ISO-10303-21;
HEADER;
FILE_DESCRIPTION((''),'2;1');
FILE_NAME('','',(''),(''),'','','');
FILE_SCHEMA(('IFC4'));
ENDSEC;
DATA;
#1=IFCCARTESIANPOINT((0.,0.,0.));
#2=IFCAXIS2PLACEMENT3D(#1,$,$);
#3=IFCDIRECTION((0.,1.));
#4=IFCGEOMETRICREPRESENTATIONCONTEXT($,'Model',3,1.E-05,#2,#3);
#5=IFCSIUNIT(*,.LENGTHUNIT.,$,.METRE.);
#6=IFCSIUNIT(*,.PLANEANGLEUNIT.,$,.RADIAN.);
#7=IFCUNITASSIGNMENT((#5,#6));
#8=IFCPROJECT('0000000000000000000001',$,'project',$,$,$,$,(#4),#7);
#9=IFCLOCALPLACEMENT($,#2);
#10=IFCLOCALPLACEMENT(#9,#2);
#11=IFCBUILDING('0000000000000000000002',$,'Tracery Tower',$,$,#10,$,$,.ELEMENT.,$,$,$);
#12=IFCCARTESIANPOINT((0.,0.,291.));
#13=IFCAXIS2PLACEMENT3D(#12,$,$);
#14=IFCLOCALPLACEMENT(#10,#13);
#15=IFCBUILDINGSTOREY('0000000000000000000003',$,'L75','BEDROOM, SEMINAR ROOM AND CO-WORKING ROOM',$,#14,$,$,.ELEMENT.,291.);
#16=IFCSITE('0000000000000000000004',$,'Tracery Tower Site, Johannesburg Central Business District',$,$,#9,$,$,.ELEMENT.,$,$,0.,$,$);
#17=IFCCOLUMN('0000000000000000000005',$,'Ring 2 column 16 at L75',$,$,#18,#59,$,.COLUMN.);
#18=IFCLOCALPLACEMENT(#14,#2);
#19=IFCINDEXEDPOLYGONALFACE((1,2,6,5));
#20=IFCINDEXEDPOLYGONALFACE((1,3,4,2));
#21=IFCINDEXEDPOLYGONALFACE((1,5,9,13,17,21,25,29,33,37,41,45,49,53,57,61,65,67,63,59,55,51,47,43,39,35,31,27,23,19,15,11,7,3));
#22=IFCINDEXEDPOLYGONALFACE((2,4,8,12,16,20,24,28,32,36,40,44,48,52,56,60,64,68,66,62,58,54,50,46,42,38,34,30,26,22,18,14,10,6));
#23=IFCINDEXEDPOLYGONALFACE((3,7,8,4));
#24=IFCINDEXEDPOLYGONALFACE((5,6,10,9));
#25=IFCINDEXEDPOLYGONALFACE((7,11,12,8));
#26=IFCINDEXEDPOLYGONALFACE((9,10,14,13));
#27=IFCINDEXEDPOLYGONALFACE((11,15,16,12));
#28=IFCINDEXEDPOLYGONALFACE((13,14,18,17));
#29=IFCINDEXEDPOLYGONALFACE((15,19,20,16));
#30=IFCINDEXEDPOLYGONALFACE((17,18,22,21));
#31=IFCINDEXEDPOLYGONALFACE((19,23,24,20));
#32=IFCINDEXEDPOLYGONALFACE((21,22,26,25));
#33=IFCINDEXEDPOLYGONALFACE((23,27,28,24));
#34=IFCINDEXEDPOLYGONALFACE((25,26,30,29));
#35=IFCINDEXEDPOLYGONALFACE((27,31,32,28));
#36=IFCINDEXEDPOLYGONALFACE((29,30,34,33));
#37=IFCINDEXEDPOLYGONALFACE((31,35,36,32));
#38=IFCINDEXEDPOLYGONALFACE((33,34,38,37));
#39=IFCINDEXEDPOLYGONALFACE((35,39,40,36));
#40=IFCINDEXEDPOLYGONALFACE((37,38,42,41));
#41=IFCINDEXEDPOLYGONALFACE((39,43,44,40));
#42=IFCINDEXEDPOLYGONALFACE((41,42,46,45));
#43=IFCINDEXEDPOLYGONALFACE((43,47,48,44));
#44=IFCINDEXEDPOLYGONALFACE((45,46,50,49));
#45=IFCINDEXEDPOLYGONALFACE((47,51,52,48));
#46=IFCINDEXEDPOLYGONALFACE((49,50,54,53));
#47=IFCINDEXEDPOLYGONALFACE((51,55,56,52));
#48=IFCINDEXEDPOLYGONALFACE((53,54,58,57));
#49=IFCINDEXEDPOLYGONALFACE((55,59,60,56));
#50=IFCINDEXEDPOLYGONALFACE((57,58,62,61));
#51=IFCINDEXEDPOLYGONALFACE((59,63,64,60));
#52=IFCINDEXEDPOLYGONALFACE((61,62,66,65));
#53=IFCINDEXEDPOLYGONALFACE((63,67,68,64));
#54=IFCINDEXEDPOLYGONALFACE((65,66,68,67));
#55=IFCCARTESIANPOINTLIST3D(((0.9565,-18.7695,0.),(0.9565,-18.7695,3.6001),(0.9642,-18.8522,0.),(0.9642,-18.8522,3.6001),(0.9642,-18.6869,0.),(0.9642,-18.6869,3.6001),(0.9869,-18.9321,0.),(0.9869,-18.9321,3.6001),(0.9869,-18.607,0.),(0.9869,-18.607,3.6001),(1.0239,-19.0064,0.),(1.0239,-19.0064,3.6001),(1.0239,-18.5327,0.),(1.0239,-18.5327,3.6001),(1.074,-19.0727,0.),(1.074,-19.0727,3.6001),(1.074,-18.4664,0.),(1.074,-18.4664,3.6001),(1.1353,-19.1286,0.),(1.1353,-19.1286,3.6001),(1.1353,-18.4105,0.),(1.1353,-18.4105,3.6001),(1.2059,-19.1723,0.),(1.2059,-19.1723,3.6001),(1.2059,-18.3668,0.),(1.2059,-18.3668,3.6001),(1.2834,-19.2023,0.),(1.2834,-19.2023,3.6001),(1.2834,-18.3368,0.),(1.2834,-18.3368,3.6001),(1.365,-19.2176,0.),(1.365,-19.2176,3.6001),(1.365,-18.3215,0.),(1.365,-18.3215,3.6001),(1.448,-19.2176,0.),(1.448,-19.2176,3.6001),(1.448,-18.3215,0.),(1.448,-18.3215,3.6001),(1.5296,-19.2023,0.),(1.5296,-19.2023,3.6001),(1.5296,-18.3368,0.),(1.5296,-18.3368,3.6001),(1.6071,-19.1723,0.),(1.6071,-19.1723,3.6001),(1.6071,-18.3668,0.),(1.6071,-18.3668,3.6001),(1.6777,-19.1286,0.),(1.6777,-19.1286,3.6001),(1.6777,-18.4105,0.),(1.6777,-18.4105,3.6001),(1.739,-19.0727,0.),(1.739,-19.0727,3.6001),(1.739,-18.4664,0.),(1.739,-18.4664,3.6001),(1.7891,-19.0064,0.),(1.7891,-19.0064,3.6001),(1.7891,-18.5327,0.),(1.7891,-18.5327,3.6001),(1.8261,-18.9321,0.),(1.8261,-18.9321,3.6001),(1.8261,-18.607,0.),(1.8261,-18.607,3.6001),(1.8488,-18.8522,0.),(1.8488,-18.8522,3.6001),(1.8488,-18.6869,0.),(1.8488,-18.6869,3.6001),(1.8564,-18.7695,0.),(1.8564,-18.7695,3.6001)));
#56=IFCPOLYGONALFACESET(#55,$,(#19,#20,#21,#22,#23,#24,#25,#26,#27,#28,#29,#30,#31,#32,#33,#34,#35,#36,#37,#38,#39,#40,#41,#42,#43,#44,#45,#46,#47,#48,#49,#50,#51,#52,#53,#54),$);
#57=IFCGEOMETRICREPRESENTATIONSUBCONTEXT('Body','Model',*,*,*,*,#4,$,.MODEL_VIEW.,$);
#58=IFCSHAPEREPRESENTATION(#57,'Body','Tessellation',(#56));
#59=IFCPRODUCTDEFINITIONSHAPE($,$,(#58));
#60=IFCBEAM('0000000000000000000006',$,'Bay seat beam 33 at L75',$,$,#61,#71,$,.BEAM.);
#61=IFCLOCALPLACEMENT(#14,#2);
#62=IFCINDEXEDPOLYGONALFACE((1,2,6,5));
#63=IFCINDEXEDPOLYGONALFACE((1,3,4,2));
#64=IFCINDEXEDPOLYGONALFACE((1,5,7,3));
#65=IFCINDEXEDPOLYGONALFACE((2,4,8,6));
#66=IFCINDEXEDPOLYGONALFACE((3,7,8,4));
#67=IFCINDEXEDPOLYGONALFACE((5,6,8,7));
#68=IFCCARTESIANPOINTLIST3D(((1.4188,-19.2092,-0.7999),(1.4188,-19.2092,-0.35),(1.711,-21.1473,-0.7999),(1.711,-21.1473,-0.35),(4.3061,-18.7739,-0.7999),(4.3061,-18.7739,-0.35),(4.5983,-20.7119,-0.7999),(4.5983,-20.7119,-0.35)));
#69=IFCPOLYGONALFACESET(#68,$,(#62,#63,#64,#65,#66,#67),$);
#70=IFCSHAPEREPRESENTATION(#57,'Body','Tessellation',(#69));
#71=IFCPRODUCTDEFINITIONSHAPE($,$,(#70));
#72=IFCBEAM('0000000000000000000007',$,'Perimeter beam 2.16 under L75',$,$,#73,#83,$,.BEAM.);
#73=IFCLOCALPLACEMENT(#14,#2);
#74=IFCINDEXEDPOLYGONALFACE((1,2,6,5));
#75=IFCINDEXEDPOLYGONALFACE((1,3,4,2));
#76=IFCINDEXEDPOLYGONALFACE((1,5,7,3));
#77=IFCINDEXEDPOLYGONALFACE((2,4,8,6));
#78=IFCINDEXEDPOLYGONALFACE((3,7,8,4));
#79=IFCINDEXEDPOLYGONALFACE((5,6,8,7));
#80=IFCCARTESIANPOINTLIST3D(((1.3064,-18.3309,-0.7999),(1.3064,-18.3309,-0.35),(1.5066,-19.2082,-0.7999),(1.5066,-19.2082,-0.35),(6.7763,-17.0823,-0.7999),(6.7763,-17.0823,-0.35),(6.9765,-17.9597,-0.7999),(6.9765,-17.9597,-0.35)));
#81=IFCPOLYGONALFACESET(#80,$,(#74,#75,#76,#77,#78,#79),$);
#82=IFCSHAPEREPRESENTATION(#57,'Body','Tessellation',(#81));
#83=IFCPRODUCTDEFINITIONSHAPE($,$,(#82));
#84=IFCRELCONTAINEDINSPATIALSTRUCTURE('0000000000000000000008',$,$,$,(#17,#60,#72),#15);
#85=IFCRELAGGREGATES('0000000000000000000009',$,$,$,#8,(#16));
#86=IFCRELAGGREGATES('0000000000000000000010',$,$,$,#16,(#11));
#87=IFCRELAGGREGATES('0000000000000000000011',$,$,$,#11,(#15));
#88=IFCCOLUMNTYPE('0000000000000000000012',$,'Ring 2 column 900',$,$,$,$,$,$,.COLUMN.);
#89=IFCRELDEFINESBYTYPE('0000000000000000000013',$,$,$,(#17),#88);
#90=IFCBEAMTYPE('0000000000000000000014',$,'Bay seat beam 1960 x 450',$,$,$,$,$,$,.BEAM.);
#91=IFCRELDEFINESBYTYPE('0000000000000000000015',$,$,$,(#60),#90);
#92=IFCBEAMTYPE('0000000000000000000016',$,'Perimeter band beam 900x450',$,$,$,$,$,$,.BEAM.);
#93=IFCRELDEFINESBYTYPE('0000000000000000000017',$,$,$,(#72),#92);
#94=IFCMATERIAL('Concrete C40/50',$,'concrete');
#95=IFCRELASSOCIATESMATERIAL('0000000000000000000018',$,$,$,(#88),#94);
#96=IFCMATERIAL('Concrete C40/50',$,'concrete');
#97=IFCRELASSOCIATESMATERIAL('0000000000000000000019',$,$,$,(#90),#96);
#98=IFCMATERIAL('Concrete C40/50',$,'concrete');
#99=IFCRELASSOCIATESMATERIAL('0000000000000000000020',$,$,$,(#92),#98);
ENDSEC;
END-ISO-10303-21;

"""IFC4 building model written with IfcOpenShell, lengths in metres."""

from ifc_helpers import new_model, si_unit, direction, frame, origin, origin_2d, place, context, subcontext, project, spatial, rectangle, circle, extrude, material, material_profile, profile_set, type_object, element, save


model = new_model("IFC4")

# Units and contexts
model_context = context("Model", 3, precision=1e-05, world=origin(), true_north=direction((0.0, 1.0)))
body_context = subcontext(model_context, "Body", "Model", "MODEL_VIEW")
ifc_project = project(units=[si_unit("LENGTHUNIT", "METRE"), si_unit("PLANEANGLEUNIT", "RADIAN")], contexts=[model_context])

# Site, building, storey
site_placement = place(None, origin())
site = spatial("IfcSite", under=ifc_project, at=site_placement, Name="Tracery Tower Site, Johannesburg Central Business District", CompositionType="ELEMENT", RefElevation=0.0)
building_placement = place(site_placement, origin())
building = spatial("IfcBuilding", under=site, at=building_placement, Name="Tracery Tower", CompositionType="ELEMENT")
storey_placement = place(building_placement, frame((0.0, 0.0, 291.0)))
storey = spatial("IfcBuildingStorey", under=building, at=storey_placement, Name="L75", Description="BEDROOM, SEMINAR ROOM AND CO-WORKING ROOM", CompositionType="ELEMENT", Elevation=291.0)

# Column
ifc_material_1 = material(Name="Concrete C40/50", Category="concrete")
ifc_material_profile_1 = material_profile(ifc_material_1, circle(Radius=0.45, at=origin_2d()), Name="RC D900")
ifc_profile_set_1 = profile_set([ifc_material_profile_1], Name="Concrete C40/50")
column_type = type_object("IfcColumnType", Name="Ring 2 column 900", PredefinedType="COLUMN", material=ifc_profile_set_1)
column_placement = place(storey_placement, frame((1.4065, -18.7695, 0.0), z_axis=(0.0, 0.0, 1.0), x_axis=(1.0, 0.0, 0.0)))
element("IfcColumn", 1, at=column_placement, inside=storey, type_object=column_type, Name="Ring 2 column 16 at L75", PredefinedType="COLUMN", context=body_context, shape_type="SweptSolid", body=[
    extrude(circle(Radius=0.45, at=origin_2d()), origin(), (0.0, 0.0, 1.0), 3.6001),
])

# Beams
ifc_material_2 = material(Name="Concrete C40/50", Category="concrete")
ifc_material_profile_2 = material_profile(ifc_material_2, rectangle(XDim=1.96, YDim=0.45, at=origin_2d()), Name="RC 1960x450")
ifc_profile_set_2 = profile_set([ifc_material_profile_2], Name="Concrete C40/50")
beam_type_1 = type_object("IfcBeamType", Name="Bay seat beam 1960 x 450", PredefinedType="BEAM", material=ifc_profile_set_2)
beam_1_placement = place(storey_placement, frame((1.5649, -20.1782, -0.575), z_axis=(0.988824, 0.149085, 0.0), x_axis=(-0.149085, 0.988824, 0.0)))
element("IfcBeam", 2, at=beam_1_placement, inside=storey, type_object=beam_type_1, Name="Bay seat beam 33 at L75", PredefinedType="BEAM", context=body_context, shape_type="SweptSolid", body=[
    extrude(rectangle(XDim=1.96, YDim=0.45, at=origin_2d()), origin(), (0.0, 0.0, 1.0), 2.9199),
])
ifc_material_3 = material(Name="Concrete C40/50", Category="concrete")
ifc_material_profile_3 = material_profile(ifc_material_3, rectangle(XDim=0.8999, YDim=0.45, at=origin_2d()), Name="RC 900x450")
ifc_profile_set_3 = profile_set([ifc_material_profile_3], Name="Concrete C40/50")
beam_type_2 = type_object("IfcBeamType", Name="Perimeter band beam 900x450", PredefinedType="BEAM", material=ifc_profile_set_3)
beam_2_placement = place(storey_placement, frame((1.4065, -18.7695, -0.575), z_axis=(0.974926, 0.222529, 0.0), x_axis=(-0.222529, 0.974926, 0.0)))
element("IfcBeam", 3, at=beam_2_placement, inside=storey, type_object=beam_type_2, Name="Perimeter beam 2.16 under L75", PredefinedType="BEAM", context=body_context, shape_type="SweptSolid", body=[
    extrude(rectangle(XDim=0.8999, YDim=0.45, at=origin_2d()), origin(), (0.0, 0.0, 1.0), 5.6106),
])

save(model, "model.ifc")
